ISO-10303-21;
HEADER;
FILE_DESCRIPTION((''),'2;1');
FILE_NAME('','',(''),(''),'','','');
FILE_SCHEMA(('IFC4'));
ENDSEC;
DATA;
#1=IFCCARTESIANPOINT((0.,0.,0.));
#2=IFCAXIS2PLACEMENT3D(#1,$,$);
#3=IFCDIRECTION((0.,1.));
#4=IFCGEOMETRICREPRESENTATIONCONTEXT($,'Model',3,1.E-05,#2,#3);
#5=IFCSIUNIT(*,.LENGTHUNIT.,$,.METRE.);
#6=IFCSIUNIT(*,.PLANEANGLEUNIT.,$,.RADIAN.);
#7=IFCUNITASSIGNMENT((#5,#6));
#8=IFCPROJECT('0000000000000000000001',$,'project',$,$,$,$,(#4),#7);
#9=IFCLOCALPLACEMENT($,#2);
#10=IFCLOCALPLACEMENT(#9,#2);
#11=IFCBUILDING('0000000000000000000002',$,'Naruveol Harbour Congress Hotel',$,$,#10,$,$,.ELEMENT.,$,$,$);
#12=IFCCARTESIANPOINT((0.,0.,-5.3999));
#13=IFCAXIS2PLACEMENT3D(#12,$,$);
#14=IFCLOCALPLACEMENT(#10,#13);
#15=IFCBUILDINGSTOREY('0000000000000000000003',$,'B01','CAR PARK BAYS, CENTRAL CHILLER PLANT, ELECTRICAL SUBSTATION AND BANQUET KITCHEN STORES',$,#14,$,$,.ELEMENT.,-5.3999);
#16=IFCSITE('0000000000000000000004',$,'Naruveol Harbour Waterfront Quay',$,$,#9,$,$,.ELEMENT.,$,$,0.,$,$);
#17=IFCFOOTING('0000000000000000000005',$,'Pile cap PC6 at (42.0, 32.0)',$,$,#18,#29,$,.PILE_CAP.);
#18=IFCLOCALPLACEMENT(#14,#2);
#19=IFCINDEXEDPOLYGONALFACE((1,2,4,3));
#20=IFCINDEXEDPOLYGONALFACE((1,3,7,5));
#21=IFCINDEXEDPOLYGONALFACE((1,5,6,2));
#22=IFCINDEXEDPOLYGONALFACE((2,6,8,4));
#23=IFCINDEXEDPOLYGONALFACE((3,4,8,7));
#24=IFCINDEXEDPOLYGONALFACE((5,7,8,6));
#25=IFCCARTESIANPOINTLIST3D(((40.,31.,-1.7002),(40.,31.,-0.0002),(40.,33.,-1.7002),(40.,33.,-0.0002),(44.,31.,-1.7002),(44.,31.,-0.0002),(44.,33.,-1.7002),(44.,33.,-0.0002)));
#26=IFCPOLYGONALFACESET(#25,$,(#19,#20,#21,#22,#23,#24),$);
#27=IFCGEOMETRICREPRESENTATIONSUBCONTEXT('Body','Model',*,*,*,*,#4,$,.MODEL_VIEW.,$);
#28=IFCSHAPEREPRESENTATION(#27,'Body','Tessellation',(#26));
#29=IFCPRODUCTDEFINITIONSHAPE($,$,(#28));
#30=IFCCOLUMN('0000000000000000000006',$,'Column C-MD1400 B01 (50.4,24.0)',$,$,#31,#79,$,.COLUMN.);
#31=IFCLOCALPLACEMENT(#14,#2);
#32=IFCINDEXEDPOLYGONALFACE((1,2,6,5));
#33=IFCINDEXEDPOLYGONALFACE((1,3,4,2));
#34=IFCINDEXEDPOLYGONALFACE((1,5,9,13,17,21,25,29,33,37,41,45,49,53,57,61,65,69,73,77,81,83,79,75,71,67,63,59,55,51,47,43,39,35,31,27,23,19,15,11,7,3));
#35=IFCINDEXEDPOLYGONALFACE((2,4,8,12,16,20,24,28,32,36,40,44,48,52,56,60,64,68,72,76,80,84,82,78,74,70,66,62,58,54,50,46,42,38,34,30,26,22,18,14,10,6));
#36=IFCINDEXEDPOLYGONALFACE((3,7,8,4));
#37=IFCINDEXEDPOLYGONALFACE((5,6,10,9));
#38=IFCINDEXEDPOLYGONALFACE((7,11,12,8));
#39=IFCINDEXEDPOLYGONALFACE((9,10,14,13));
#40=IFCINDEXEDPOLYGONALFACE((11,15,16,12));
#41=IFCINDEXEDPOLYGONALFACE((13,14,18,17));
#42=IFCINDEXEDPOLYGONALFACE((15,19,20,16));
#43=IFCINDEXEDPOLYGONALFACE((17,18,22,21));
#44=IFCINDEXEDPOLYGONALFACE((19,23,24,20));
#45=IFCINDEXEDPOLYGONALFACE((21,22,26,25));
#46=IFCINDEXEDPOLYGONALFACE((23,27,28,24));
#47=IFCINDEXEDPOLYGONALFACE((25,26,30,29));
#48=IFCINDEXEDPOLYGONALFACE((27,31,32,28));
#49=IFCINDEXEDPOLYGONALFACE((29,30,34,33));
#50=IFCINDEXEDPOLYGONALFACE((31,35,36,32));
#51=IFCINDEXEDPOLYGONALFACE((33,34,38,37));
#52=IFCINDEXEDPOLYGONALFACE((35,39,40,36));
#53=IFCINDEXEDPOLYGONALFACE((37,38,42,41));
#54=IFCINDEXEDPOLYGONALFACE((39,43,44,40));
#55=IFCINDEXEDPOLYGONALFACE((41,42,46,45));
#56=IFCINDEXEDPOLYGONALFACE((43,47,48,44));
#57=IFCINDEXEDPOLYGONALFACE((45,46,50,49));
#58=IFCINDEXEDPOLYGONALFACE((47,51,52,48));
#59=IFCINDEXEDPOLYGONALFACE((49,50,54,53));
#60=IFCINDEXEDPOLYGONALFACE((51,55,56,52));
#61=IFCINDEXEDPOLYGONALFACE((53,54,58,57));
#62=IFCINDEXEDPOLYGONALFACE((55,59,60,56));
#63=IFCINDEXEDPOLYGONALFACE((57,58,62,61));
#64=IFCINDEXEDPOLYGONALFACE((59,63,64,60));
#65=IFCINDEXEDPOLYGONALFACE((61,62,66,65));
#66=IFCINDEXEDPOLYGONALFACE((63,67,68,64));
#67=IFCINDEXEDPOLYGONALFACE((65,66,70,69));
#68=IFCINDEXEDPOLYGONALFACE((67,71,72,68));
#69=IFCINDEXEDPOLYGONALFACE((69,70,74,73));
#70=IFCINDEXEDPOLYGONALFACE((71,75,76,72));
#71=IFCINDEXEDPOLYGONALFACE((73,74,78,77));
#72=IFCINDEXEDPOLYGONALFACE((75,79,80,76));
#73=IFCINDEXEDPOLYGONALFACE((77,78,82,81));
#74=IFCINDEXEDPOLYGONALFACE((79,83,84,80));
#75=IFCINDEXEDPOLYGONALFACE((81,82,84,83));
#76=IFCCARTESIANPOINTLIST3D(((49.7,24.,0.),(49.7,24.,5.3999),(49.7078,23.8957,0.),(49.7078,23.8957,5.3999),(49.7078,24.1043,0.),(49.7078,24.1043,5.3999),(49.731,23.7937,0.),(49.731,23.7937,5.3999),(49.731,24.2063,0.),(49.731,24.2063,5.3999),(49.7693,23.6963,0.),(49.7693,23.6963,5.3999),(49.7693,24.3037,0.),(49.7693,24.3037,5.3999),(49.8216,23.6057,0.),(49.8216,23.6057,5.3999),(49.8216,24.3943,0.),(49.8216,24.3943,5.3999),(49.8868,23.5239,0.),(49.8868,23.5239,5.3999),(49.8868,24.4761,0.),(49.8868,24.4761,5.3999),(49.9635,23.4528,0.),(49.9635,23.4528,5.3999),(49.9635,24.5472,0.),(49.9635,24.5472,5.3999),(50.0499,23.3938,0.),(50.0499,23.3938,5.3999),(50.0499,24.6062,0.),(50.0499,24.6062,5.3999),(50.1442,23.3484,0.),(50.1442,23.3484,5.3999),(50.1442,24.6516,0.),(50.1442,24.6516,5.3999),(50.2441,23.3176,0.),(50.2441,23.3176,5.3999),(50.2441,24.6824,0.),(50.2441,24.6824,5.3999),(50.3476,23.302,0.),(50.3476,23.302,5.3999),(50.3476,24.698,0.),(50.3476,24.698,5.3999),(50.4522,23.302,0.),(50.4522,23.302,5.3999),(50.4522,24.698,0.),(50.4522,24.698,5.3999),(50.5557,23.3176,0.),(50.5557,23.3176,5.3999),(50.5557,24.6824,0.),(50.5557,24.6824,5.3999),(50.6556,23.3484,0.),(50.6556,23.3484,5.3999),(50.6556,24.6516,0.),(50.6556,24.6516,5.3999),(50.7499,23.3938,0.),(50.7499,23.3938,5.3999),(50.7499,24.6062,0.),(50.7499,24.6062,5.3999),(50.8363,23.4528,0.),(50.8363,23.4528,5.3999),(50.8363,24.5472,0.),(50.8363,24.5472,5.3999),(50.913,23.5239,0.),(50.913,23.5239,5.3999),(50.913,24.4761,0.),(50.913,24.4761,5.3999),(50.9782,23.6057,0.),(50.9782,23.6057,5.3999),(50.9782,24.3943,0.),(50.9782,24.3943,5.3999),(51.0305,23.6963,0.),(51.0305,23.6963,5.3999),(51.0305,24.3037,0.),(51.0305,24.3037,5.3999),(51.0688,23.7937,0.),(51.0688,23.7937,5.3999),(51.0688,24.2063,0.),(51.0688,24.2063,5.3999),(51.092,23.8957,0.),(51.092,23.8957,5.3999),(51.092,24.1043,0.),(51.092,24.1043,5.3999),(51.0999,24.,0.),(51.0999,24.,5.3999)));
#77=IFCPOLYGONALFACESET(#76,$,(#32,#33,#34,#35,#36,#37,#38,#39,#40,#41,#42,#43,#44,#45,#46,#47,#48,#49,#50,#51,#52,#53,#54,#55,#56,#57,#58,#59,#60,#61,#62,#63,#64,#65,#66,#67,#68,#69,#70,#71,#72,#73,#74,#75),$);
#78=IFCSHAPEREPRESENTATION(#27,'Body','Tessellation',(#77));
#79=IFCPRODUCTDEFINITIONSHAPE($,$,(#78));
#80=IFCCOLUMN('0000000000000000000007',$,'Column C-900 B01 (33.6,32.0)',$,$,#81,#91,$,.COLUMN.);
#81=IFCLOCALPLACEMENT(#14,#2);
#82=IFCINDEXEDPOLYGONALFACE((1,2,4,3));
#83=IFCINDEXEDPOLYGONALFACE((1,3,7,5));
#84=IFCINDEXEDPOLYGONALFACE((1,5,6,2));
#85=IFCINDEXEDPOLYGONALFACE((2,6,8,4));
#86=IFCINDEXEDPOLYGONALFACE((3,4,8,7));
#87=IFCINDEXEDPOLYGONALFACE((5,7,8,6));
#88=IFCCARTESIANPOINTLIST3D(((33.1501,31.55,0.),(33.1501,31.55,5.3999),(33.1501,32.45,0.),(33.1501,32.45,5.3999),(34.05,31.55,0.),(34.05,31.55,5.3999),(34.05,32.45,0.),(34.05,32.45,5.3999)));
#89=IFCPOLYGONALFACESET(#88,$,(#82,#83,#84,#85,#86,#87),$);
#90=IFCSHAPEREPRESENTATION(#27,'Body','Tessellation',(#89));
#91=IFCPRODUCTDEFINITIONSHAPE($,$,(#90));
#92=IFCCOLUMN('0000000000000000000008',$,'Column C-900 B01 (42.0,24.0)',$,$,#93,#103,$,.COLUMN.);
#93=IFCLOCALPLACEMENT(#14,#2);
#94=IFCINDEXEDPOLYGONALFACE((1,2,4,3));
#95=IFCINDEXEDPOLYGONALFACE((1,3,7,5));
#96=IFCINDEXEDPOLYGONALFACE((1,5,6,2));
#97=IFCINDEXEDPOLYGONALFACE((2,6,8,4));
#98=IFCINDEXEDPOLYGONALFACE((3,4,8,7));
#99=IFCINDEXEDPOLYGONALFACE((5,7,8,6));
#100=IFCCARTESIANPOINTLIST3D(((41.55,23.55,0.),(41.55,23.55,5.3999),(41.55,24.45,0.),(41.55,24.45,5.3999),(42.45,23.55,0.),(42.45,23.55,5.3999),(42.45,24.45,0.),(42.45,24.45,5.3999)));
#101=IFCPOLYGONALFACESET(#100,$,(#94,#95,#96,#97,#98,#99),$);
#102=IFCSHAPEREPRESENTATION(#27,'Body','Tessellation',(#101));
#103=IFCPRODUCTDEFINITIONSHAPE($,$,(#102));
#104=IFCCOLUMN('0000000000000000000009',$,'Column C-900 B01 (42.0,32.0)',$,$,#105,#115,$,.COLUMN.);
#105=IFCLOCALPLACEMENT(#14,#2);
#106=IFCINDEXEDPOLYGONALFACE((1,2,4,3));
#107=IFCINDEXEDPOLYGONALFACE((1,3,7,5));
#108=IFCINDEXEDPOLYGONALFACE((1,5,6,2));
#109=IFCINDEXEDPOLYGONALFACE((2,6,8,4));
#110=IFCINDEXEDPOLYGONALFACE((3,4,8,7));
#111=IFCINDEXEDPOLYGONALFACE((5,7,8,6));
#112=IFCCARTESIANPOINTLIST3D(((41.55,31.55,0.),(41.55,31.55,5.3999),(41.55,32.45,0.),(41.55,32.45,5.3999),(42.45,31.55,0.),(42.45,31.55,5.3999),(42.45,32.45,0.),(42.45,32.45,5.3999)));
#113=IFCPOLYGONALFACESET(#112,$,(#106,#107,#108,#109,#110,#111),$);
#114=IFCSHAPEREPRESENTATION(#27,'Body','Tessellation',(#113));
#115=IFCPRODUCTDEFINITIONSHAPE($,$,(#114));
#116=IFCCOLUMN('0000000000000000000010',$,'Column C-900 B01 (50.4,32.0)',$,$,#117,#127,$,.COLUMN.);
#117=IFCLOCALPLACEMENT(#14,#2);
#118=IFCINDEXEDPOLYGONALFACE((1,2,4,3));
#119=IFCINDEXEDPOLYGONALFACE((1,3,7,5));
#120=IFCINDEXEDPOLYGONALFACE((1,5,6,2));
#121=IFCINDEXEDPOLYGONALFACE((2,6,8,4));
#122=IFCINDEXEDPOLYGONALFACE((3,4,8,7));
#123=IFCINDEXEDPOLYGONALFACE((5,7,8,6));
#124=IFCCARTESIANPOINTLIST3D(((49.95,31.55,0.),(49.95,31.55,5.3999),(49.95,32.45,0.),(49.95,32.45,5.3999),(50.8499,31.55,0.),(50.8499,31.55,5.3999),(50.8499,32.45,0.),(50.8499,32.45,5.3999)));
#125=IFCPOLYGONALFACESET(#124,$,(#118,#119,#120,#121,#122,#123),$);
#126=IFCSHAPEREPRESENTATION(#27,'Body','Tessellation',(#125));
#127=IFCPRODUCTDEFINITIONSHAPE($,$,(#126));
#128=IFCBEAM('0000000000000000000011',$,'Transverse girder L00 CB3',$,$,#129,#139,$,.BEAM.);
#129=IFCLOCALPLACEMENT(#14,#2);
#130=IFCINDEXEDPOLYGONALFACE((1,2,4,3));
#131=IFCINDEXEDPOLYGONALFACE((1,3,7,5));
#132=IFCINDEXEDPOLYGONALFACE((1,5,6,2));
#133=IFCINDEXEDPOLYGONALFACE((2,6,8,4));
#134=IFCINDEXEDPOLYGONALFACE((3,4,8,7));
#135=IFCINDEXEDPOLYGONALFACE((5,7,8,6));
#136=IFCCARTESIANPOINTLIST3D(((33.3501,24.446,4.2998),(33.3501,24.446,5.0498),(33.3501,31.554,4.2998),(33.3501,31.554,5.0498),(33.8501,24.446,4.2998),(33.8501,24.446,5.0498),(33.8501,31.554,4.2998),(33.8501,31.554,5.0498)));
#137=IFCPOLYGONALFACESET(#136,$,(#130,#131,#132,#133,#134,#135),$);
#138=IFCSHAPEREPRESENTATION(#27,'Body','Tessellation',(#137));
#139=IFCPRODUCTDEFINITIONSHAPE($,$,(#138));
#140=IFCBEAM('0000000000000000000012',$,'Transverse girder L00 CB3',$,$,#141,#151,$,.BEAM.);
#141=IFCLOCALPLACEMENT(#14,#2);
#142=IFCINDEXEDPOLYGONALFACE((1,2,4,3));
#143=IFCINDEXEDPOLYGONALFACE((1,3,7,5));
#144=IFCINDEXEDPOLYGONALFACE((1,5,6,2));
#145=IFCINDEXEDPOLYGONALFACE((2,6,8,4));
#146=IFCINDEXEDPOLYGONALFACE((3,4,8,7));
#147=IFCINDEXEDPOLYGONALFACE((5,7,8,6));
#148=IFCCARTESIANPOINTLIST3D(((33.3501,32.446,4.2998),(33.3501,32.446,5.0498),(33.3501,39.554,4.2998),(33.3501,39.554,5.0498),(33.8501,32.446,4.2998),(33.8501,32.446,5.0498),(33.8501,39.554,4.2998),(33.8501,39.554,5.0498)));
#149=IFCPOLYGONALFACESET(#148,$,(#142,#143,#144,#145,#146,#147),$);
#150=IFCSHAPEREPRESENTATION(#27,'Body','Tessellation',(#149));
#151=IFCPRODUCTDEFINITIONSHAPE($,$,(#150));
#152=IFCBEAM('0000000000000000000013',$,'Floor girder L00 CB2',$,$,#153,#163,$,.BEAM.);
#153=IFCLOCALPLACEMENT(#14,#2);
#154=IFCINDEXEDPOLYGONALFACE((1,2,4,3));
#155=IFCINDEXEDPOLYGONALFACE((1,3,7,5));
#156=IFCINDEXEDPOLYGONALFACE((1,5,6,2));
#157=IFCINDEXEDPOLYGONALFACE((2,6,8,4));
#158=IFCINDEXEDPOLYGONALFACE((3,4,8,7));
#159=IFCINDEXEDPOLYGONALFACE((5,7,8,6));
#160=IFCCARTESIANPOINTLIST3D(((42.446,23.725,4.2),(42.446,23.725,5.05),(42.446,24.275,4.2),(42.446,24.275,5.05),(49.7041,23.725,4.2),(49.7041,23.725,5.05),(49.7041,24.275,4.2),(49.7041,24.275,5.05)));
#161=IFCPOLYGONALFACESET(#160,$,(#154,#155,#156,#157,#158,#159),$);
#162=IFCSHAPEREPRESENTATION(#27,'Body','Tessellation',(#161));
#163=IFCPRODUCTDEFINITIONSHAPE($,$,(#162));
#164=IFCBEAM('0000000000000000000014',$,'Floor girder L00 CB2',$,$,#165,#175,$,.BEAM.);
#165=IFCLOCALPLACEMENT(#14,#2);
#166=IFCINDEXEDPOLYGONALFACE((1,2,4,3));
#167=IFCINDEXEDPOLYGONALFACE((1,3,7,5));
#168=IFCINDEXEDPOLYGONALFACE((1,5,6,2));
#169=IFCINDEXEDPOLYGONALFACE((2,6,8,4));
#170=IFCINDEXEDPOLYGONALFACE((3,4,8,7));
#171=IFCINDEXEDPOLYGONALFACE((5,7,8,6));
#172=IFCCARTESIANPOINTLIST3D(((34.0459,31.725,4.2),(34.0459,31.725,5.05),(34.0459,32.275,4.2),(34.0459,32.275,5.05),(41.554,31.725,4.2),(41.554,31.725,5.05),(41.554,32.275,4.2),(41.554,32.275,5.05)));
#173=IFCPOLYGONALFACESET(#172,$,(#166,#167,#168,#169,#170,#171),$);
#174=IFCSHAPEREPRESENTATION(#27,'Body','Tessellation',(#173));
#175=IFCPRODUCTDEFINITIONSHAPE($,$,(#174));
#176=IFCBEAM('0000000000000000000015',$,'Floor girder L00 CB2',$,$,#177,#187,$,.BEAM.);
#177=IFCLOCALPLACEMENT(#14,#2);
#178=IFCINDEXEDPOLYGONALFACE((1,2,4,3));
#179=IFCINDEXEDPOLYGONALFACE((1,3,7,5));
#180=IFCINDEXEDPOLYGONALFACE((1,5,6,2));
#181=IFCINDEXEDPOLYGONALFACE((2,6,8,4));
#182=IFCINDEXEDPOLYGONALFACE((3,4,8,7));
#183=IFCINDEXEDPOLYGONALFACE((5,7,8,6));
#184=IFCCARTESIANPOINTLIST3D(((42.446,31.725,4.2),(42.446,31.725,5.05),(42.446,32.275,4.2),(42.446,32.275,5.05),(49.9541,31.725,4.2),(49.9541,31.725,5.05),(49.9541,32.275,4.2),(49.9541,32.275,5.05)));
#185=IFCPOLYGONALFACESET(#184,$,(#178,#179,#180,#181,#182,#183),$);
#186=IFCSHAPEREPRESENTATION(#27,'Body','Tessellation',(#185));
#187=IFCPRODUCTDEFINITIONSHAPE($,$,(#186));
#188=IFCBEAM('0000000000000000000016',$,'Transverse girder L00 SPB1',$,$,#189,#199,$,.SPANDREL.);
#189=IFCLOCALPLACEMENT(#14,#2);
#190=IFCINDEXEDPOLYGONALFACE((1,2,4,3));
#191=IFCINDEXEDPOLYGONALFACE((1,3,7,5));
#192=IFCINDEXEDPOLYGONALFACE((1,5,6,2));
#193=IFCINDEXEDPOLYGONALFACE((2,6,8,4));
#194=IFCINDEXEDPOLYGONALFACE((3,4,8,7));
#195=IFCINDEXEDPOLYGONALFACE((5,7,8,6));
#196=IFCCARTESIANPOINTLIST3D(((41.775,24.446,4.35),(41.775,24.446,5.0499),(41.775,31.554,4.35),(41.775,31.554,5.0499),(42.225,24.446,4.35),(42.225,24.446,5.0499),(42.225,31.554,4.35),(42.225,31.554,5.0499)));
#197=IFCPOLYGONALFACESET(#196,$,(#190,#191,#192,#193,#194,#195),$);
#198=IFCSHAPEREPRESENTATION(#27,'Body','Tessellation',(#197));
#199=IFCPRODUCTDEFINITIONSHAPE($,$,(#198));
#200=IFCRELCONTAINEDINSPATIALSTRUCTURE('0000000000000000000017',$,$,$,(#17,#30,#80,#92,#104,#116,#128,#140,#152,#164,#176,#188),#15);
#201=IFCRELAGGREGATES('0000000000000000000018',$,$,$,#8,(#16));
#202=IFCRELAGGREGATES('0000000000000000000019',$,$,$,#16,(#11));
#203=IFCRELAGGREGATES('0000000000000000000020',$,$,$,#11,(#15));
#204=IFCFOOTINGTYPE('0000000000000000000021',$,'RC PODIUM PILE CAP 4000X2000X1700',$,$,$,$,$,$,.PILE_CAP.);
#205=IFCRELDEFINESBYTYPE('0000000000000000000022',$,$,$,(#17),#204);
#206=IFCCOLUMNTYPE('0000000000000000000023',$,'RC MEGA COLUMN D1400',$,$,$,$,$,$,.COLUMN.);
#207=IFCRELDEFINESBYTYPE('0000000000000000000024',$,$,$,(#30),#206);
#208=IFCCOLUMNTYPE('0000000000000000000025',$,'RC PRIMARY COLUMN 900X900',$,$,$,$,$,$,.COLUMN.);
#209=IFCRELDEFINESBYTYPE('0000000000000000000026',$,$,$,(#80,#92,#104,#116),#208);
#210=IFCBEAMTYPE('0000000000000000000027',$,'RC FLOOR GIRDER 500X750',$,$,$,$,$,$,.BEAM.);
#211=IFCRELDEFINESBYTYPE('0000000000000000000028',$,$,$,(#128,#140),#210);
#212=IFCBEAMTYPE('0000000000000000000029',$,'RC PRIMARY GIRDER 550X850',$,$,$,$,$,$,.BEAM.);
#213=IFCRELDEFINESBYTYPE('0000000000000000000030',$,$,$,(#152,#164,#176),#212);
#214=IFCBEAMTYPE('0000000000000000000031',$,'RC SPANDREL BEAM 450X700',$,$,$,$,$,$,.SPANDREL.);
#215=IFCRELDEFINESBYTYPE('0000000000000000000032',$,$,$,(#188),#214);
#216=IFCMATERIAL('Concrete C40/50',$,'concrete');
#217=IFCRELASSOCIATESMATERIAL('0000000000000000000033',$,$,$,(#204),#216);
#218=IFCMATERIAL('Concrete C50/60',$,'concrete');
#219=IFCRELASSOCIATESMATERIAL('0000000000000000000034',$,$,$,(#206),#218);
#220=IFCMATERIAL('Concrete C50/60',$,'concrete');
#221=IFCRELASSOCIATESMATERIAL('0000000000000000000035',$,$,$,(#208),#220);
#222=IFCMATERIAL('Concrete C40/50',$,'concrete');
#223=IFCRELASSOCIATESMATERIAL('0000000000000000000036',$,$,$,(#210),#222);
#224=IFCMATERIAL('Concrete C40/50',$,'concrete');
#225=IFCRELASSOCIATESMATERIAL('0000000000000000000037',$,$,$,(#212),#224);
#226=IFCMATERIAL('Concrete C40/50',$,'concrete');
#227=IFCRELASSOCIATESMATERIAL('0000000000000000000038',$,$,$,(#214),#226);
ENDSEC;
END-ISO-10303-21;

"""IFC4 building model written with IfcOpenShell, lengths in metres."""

from ifc_helpers import new_model, si_unit, direction, frame, origin, origin_2d, place, context, subcontext, project, spatial, rectangle, circle, extrude, material, material_profile, profile_set, type_object, element, save


model = new_model("IFC4")

# Units and contexts
model_context = context("Model", 3, precision=1e-05, world=origin(), true_north=direction((0.0, 1.0)))
body_context = subcontext(model_context, "Body", "Model", "MODEL_VIEW")
ifc_project = project(units=[si_unit("LENGTHUNIT", "METRE"), si_unit("PLANEANGLEUNIT", "RADIAN")], contexts=[model_context])

# Site, building, storey
site_placement = place(None, origin())
site = spatial("IfcSite", under=ifc_project, at=site_placement, Name="Naruveol Harbour Waterfront Quay", CompositionType="ELEMENT", RefElevation=0.0)
building_placement = place(site_placement, origin())
building = spatial("IfcBuilding", under=site, at=building_placement, Name="Naruveol Harbour Congress Hotel", CompositionType="ELEMENT")
storey_placement = place(building_placement, frame((0.0, 0.0, -5.3999)))
storey = spatial("IfcBuildingStorey", under=building, at=storey_placement, Name="B01", Description="CAR PARK BAYS, CENTRAL CHILLER PLANT, ELECTRICAL SUBSTATION AND BANQUET KITCHEN STORES", CompositionType="ELEMENT", Elevation=-5.3999)

# Footing
ifc_material_1 = material(Name="Concrete C40/50", Category="concrete")
footing_type_1 = type_object("IfcFootingType", Name="RC PODIUM PILE CAP 4000X2000X1700", PredefinedType="PILE_CAP", material=ifc_material_1)
for number, where, z_axis, x_axis, name in (
    (1, (42.0, 32.0, -1.7002), (0.0, 0.0, 1.0), (1.0, 0.0, 0.0), "Pile cap PC6 at (42.0, 32.0)"),
):
    element("IfcFooting", number, at=place(storey_placement, frame(where, z_axis=z_axis, x_axis=x_axis)), inside=storey, type_object=footing_type_1, Name=name, PredefinedType="PILE_CAP", context=body_context, shape_type="SweptSolid", body=[
        extrude(rectangle(XDim=4.0, YDim=2.0, at=origin_2d()), origin(), (0.0, 0.0, 1.0), 1.7),
    ])

# Columns
ifc_material_2 = material(Name="Concrete C50/60", Category="concrete")
ifc_material_profile_1 = material_profile(ifc_material_2, circle(Radius=0.7, at=origin_2d()), Name="RC-D1400")
ifc_profile_set_1 = profile_set([ifc_material_profile_1], Name="Concrete C50/60")
column_type_1 = type_object("IfcColumnType", Name="RC MEGA COLUMN D1400", PredefinedType="COLUMN", material=ifc_profile_set_1)
column_placement = place(storey_placement, frame((50.3999, 24.0, 0.0), z_axis=(0.0, 0.0, 1.0), x_axis=(1.0, 0.0, 0.0)))
element("IfcColumn", 2, at=column_placement, inside=storey, type_object=column_type_1, Name="Column C-MD1400 B01 (50.4,24.0)", PredefinedType="COLUMN", context=body_context, shape_type="SweptSolid", body=[
    extrude(circle(Radius=0.7, at=origin_2d()), origin(), (0.0, 0.0, 1.0), 5.3999),
])
ifc_material_3 = material(Name="Concrete C50/60", Category="concrete")
ifc_material_profile_2 = material_profile(ifc_material_3, rectangle(XDim=0.8999, YDim=0.8999, at=origin_2d()), Name="RC-900x900")
ifc_profile_set_2 = profile_set([ifc_material_profile_2], Name="Concrete C50/60")
column_type_2 = type_object("IfcColumnType", Name="RC PRIMARY COLUMN 900X900", PredefinedType="COLUMN", material=ifc_profile_set_2)
for number, where, z_axis, x_axis, name in (
    (3, (33.6001, 32.0, 0.0), (0.0, 0.0, 1.0), (1.0, 0.0, 0.0), "Column C-900 B01 (33.6,32.0)"),
    (4, (42.0, 24.0, 0.0), (0.0, 0.0, 1.0), (1.0, 0.0, 0.0), "Column C-900 B01 (42.0,24.0)"),
    (5, (42.0, 32.0, 0.0), (0.0, 0.0, 1.0), (1.0, 0.0, 0.0), "Column C-900 B01 (42.0,32.0)"),
    (6, (50.3999, 32.0, 0.0), (0.0, 0.0, 1.0), (1.0, 0.0, 0.0), "Column C-900 B01 (50.4,32.0)"),
):
    element("IfcColumn", number, at=place(storey_placement, frame(where, z_axis=z_axis, x_axis=x_axis)), inside=storey, type_object=column_type_2, Name=name, PredefinedType="COLUMN", context=body_context, shape_type="SweptSolid", body=[
        extrude(rectangle(XDim=0.8999, YDim=0.8999, at=origin_2d()), origin(), (0.0, 0.0, 1.0), 5.3999),
    ])

# Beams
ifc_material_4 = material(Name="Concrete C40/50", Category="concrete")
ifc_material_profile_3 = material_profile(ifc_material_4, rectangle(XDim=0.5, YDim=0.75, at=origin_2d()), Name="RCB-500x750")
ifc_profile_set_3 = profile_set([ifc_material_profile_3], Name="Concrete C40/50")
beam_type_1 = type_object("IfcBeamType", Name="RC FLOOR GIRDER 500X750", PredefinedType="BEAM", material=ifc_profile_set_3)
for number, where, z_axis, x_axis, name in (
    (7, (33.6001, 24.446, 4.6748), (0.0, 1.0, 0.0), (-1.0, 0.0, 0.0), "Transverse girder L00 CB3"),
    (8, (33.6001, 32.446, 4.6748), (0.0, 1.0, 0.0), (-1.0, 0.0, 0.0), "Transverse girder L00 CB3"),
):
    element("IfcBeam", number, at=place(storey_placement, frame(where, z_axis=z_axis, x_axis=x_axis)), inside=storey, type_object=beam_type_1, Name=name, PredefinedType="BEAM", context=body_context, shape_type="SweptSolid", body=[
        extrude(rectangle(XDim=0.5, YDim=0.75, at=origin_2d()), origin(), (0.0, 0.0, 1.0), 7.1079),
    ])
ifc_material_5 = material(Name="Concrete C40/50", Category="concrete")
ifc_material_profile_4 = material_profile(ifc_material_5, rectangle(XDim=0.55, YDim=0.8501, at=origin_2d()), Name="RCB-550x850")
ifc_profile_set_4 = profile_set([ifc_material_profile_4], Name="Concrete C40/50")
beam_type_2 = type_object("IfcBeamType", Name="RC PRIMARY GIRDER 550X850", PredefinedType="BEAM", material=ifc_profile_set_4)
beam_1_placement = place(storey_placement, frame((42.446, 24.0, 4.625), z_axis=(1.0, 0.0, 0.0), x_axis=(0.0, 1.0, 0.0)))
element("IfcBeam", 9, at=beam_1_placement, inside=storey, type_object=beam_type_2, Name="Floor girder L00 CB2", PredefinedType="BEAM", context=body_context, shape_type="SweptSolid", body=[
    extrude(rectangle(XDim=0.55, YDim=0.8501, at=origin_2d()), origin(), (0.0, 0.0, 1.0), 7.2581),
])
for number, where, z_axis, x_axis, name in (
    (10, (34.0459, 32.0, 4.625), (1.0, 0.0, 0.0), (0.0, 1.0, 0.0), "Floor girder L00 CB2"),
    (11, (42.446, 32.0, 4.625), (1.0, 0.0, 0.0), (0.0, 1.0, 0.0), "Floor girder L00 CB2"),
):
    element("IfcBeam", number, at=place(storey_placement, frame(where, z_axis=z_axis, x_axis=x_axis)), inside=storey, type_object=beam_type_2, Name=name, PredefinedType="BEAM", context=body_context, shape_type="SweptSolid", body=[
        extrude(rectangle(XDim=0.55, YDim=0.8501, at=origin_2d()), origin(), (0.0, 0.0, 1.0), 7.5081),
    ])
ifc_material_6 = material(Name="Concrete C40/50", Category="concrete")
ifc_material_profile_5 = material_profile(ifc_material_6, rectangle(XDim=0.45, YDim=0.7, at=origin_2d()), Name="RCB-450x700")
ifc_profile_set_5 = profile_set([ifc_material_profile_5], Name="Concrete C40/50")
beam_type_3 = type_object("IfcBeamType", Name="RC SPANDREL BEAM 450X700", PredefinedType="SPANDREL", material=ifc_profile_set_5)
beam_2_placement = place(storey_placement, frame((42.0, 24.446, 4.7), z_axis=(0.0, 1.0, 0.0), x_axis=(-1.0, 0.0, 0.0)))
element("IfcBeam", 12, at=beam_2_placement, inside=storey, type_object=beam_type_3, Name="Transverse girder L00 SPB1", PredefinedType="SPANDREL", context=body_context, shape_type="SweptSolid", body=[
    extrude(rectangle(XDim=0.45, YDim=0.7, at=origin_2d()), origin(), (0.0, 0.0, 1.0), 7.1079),
])

save(model, "model.ifc")
